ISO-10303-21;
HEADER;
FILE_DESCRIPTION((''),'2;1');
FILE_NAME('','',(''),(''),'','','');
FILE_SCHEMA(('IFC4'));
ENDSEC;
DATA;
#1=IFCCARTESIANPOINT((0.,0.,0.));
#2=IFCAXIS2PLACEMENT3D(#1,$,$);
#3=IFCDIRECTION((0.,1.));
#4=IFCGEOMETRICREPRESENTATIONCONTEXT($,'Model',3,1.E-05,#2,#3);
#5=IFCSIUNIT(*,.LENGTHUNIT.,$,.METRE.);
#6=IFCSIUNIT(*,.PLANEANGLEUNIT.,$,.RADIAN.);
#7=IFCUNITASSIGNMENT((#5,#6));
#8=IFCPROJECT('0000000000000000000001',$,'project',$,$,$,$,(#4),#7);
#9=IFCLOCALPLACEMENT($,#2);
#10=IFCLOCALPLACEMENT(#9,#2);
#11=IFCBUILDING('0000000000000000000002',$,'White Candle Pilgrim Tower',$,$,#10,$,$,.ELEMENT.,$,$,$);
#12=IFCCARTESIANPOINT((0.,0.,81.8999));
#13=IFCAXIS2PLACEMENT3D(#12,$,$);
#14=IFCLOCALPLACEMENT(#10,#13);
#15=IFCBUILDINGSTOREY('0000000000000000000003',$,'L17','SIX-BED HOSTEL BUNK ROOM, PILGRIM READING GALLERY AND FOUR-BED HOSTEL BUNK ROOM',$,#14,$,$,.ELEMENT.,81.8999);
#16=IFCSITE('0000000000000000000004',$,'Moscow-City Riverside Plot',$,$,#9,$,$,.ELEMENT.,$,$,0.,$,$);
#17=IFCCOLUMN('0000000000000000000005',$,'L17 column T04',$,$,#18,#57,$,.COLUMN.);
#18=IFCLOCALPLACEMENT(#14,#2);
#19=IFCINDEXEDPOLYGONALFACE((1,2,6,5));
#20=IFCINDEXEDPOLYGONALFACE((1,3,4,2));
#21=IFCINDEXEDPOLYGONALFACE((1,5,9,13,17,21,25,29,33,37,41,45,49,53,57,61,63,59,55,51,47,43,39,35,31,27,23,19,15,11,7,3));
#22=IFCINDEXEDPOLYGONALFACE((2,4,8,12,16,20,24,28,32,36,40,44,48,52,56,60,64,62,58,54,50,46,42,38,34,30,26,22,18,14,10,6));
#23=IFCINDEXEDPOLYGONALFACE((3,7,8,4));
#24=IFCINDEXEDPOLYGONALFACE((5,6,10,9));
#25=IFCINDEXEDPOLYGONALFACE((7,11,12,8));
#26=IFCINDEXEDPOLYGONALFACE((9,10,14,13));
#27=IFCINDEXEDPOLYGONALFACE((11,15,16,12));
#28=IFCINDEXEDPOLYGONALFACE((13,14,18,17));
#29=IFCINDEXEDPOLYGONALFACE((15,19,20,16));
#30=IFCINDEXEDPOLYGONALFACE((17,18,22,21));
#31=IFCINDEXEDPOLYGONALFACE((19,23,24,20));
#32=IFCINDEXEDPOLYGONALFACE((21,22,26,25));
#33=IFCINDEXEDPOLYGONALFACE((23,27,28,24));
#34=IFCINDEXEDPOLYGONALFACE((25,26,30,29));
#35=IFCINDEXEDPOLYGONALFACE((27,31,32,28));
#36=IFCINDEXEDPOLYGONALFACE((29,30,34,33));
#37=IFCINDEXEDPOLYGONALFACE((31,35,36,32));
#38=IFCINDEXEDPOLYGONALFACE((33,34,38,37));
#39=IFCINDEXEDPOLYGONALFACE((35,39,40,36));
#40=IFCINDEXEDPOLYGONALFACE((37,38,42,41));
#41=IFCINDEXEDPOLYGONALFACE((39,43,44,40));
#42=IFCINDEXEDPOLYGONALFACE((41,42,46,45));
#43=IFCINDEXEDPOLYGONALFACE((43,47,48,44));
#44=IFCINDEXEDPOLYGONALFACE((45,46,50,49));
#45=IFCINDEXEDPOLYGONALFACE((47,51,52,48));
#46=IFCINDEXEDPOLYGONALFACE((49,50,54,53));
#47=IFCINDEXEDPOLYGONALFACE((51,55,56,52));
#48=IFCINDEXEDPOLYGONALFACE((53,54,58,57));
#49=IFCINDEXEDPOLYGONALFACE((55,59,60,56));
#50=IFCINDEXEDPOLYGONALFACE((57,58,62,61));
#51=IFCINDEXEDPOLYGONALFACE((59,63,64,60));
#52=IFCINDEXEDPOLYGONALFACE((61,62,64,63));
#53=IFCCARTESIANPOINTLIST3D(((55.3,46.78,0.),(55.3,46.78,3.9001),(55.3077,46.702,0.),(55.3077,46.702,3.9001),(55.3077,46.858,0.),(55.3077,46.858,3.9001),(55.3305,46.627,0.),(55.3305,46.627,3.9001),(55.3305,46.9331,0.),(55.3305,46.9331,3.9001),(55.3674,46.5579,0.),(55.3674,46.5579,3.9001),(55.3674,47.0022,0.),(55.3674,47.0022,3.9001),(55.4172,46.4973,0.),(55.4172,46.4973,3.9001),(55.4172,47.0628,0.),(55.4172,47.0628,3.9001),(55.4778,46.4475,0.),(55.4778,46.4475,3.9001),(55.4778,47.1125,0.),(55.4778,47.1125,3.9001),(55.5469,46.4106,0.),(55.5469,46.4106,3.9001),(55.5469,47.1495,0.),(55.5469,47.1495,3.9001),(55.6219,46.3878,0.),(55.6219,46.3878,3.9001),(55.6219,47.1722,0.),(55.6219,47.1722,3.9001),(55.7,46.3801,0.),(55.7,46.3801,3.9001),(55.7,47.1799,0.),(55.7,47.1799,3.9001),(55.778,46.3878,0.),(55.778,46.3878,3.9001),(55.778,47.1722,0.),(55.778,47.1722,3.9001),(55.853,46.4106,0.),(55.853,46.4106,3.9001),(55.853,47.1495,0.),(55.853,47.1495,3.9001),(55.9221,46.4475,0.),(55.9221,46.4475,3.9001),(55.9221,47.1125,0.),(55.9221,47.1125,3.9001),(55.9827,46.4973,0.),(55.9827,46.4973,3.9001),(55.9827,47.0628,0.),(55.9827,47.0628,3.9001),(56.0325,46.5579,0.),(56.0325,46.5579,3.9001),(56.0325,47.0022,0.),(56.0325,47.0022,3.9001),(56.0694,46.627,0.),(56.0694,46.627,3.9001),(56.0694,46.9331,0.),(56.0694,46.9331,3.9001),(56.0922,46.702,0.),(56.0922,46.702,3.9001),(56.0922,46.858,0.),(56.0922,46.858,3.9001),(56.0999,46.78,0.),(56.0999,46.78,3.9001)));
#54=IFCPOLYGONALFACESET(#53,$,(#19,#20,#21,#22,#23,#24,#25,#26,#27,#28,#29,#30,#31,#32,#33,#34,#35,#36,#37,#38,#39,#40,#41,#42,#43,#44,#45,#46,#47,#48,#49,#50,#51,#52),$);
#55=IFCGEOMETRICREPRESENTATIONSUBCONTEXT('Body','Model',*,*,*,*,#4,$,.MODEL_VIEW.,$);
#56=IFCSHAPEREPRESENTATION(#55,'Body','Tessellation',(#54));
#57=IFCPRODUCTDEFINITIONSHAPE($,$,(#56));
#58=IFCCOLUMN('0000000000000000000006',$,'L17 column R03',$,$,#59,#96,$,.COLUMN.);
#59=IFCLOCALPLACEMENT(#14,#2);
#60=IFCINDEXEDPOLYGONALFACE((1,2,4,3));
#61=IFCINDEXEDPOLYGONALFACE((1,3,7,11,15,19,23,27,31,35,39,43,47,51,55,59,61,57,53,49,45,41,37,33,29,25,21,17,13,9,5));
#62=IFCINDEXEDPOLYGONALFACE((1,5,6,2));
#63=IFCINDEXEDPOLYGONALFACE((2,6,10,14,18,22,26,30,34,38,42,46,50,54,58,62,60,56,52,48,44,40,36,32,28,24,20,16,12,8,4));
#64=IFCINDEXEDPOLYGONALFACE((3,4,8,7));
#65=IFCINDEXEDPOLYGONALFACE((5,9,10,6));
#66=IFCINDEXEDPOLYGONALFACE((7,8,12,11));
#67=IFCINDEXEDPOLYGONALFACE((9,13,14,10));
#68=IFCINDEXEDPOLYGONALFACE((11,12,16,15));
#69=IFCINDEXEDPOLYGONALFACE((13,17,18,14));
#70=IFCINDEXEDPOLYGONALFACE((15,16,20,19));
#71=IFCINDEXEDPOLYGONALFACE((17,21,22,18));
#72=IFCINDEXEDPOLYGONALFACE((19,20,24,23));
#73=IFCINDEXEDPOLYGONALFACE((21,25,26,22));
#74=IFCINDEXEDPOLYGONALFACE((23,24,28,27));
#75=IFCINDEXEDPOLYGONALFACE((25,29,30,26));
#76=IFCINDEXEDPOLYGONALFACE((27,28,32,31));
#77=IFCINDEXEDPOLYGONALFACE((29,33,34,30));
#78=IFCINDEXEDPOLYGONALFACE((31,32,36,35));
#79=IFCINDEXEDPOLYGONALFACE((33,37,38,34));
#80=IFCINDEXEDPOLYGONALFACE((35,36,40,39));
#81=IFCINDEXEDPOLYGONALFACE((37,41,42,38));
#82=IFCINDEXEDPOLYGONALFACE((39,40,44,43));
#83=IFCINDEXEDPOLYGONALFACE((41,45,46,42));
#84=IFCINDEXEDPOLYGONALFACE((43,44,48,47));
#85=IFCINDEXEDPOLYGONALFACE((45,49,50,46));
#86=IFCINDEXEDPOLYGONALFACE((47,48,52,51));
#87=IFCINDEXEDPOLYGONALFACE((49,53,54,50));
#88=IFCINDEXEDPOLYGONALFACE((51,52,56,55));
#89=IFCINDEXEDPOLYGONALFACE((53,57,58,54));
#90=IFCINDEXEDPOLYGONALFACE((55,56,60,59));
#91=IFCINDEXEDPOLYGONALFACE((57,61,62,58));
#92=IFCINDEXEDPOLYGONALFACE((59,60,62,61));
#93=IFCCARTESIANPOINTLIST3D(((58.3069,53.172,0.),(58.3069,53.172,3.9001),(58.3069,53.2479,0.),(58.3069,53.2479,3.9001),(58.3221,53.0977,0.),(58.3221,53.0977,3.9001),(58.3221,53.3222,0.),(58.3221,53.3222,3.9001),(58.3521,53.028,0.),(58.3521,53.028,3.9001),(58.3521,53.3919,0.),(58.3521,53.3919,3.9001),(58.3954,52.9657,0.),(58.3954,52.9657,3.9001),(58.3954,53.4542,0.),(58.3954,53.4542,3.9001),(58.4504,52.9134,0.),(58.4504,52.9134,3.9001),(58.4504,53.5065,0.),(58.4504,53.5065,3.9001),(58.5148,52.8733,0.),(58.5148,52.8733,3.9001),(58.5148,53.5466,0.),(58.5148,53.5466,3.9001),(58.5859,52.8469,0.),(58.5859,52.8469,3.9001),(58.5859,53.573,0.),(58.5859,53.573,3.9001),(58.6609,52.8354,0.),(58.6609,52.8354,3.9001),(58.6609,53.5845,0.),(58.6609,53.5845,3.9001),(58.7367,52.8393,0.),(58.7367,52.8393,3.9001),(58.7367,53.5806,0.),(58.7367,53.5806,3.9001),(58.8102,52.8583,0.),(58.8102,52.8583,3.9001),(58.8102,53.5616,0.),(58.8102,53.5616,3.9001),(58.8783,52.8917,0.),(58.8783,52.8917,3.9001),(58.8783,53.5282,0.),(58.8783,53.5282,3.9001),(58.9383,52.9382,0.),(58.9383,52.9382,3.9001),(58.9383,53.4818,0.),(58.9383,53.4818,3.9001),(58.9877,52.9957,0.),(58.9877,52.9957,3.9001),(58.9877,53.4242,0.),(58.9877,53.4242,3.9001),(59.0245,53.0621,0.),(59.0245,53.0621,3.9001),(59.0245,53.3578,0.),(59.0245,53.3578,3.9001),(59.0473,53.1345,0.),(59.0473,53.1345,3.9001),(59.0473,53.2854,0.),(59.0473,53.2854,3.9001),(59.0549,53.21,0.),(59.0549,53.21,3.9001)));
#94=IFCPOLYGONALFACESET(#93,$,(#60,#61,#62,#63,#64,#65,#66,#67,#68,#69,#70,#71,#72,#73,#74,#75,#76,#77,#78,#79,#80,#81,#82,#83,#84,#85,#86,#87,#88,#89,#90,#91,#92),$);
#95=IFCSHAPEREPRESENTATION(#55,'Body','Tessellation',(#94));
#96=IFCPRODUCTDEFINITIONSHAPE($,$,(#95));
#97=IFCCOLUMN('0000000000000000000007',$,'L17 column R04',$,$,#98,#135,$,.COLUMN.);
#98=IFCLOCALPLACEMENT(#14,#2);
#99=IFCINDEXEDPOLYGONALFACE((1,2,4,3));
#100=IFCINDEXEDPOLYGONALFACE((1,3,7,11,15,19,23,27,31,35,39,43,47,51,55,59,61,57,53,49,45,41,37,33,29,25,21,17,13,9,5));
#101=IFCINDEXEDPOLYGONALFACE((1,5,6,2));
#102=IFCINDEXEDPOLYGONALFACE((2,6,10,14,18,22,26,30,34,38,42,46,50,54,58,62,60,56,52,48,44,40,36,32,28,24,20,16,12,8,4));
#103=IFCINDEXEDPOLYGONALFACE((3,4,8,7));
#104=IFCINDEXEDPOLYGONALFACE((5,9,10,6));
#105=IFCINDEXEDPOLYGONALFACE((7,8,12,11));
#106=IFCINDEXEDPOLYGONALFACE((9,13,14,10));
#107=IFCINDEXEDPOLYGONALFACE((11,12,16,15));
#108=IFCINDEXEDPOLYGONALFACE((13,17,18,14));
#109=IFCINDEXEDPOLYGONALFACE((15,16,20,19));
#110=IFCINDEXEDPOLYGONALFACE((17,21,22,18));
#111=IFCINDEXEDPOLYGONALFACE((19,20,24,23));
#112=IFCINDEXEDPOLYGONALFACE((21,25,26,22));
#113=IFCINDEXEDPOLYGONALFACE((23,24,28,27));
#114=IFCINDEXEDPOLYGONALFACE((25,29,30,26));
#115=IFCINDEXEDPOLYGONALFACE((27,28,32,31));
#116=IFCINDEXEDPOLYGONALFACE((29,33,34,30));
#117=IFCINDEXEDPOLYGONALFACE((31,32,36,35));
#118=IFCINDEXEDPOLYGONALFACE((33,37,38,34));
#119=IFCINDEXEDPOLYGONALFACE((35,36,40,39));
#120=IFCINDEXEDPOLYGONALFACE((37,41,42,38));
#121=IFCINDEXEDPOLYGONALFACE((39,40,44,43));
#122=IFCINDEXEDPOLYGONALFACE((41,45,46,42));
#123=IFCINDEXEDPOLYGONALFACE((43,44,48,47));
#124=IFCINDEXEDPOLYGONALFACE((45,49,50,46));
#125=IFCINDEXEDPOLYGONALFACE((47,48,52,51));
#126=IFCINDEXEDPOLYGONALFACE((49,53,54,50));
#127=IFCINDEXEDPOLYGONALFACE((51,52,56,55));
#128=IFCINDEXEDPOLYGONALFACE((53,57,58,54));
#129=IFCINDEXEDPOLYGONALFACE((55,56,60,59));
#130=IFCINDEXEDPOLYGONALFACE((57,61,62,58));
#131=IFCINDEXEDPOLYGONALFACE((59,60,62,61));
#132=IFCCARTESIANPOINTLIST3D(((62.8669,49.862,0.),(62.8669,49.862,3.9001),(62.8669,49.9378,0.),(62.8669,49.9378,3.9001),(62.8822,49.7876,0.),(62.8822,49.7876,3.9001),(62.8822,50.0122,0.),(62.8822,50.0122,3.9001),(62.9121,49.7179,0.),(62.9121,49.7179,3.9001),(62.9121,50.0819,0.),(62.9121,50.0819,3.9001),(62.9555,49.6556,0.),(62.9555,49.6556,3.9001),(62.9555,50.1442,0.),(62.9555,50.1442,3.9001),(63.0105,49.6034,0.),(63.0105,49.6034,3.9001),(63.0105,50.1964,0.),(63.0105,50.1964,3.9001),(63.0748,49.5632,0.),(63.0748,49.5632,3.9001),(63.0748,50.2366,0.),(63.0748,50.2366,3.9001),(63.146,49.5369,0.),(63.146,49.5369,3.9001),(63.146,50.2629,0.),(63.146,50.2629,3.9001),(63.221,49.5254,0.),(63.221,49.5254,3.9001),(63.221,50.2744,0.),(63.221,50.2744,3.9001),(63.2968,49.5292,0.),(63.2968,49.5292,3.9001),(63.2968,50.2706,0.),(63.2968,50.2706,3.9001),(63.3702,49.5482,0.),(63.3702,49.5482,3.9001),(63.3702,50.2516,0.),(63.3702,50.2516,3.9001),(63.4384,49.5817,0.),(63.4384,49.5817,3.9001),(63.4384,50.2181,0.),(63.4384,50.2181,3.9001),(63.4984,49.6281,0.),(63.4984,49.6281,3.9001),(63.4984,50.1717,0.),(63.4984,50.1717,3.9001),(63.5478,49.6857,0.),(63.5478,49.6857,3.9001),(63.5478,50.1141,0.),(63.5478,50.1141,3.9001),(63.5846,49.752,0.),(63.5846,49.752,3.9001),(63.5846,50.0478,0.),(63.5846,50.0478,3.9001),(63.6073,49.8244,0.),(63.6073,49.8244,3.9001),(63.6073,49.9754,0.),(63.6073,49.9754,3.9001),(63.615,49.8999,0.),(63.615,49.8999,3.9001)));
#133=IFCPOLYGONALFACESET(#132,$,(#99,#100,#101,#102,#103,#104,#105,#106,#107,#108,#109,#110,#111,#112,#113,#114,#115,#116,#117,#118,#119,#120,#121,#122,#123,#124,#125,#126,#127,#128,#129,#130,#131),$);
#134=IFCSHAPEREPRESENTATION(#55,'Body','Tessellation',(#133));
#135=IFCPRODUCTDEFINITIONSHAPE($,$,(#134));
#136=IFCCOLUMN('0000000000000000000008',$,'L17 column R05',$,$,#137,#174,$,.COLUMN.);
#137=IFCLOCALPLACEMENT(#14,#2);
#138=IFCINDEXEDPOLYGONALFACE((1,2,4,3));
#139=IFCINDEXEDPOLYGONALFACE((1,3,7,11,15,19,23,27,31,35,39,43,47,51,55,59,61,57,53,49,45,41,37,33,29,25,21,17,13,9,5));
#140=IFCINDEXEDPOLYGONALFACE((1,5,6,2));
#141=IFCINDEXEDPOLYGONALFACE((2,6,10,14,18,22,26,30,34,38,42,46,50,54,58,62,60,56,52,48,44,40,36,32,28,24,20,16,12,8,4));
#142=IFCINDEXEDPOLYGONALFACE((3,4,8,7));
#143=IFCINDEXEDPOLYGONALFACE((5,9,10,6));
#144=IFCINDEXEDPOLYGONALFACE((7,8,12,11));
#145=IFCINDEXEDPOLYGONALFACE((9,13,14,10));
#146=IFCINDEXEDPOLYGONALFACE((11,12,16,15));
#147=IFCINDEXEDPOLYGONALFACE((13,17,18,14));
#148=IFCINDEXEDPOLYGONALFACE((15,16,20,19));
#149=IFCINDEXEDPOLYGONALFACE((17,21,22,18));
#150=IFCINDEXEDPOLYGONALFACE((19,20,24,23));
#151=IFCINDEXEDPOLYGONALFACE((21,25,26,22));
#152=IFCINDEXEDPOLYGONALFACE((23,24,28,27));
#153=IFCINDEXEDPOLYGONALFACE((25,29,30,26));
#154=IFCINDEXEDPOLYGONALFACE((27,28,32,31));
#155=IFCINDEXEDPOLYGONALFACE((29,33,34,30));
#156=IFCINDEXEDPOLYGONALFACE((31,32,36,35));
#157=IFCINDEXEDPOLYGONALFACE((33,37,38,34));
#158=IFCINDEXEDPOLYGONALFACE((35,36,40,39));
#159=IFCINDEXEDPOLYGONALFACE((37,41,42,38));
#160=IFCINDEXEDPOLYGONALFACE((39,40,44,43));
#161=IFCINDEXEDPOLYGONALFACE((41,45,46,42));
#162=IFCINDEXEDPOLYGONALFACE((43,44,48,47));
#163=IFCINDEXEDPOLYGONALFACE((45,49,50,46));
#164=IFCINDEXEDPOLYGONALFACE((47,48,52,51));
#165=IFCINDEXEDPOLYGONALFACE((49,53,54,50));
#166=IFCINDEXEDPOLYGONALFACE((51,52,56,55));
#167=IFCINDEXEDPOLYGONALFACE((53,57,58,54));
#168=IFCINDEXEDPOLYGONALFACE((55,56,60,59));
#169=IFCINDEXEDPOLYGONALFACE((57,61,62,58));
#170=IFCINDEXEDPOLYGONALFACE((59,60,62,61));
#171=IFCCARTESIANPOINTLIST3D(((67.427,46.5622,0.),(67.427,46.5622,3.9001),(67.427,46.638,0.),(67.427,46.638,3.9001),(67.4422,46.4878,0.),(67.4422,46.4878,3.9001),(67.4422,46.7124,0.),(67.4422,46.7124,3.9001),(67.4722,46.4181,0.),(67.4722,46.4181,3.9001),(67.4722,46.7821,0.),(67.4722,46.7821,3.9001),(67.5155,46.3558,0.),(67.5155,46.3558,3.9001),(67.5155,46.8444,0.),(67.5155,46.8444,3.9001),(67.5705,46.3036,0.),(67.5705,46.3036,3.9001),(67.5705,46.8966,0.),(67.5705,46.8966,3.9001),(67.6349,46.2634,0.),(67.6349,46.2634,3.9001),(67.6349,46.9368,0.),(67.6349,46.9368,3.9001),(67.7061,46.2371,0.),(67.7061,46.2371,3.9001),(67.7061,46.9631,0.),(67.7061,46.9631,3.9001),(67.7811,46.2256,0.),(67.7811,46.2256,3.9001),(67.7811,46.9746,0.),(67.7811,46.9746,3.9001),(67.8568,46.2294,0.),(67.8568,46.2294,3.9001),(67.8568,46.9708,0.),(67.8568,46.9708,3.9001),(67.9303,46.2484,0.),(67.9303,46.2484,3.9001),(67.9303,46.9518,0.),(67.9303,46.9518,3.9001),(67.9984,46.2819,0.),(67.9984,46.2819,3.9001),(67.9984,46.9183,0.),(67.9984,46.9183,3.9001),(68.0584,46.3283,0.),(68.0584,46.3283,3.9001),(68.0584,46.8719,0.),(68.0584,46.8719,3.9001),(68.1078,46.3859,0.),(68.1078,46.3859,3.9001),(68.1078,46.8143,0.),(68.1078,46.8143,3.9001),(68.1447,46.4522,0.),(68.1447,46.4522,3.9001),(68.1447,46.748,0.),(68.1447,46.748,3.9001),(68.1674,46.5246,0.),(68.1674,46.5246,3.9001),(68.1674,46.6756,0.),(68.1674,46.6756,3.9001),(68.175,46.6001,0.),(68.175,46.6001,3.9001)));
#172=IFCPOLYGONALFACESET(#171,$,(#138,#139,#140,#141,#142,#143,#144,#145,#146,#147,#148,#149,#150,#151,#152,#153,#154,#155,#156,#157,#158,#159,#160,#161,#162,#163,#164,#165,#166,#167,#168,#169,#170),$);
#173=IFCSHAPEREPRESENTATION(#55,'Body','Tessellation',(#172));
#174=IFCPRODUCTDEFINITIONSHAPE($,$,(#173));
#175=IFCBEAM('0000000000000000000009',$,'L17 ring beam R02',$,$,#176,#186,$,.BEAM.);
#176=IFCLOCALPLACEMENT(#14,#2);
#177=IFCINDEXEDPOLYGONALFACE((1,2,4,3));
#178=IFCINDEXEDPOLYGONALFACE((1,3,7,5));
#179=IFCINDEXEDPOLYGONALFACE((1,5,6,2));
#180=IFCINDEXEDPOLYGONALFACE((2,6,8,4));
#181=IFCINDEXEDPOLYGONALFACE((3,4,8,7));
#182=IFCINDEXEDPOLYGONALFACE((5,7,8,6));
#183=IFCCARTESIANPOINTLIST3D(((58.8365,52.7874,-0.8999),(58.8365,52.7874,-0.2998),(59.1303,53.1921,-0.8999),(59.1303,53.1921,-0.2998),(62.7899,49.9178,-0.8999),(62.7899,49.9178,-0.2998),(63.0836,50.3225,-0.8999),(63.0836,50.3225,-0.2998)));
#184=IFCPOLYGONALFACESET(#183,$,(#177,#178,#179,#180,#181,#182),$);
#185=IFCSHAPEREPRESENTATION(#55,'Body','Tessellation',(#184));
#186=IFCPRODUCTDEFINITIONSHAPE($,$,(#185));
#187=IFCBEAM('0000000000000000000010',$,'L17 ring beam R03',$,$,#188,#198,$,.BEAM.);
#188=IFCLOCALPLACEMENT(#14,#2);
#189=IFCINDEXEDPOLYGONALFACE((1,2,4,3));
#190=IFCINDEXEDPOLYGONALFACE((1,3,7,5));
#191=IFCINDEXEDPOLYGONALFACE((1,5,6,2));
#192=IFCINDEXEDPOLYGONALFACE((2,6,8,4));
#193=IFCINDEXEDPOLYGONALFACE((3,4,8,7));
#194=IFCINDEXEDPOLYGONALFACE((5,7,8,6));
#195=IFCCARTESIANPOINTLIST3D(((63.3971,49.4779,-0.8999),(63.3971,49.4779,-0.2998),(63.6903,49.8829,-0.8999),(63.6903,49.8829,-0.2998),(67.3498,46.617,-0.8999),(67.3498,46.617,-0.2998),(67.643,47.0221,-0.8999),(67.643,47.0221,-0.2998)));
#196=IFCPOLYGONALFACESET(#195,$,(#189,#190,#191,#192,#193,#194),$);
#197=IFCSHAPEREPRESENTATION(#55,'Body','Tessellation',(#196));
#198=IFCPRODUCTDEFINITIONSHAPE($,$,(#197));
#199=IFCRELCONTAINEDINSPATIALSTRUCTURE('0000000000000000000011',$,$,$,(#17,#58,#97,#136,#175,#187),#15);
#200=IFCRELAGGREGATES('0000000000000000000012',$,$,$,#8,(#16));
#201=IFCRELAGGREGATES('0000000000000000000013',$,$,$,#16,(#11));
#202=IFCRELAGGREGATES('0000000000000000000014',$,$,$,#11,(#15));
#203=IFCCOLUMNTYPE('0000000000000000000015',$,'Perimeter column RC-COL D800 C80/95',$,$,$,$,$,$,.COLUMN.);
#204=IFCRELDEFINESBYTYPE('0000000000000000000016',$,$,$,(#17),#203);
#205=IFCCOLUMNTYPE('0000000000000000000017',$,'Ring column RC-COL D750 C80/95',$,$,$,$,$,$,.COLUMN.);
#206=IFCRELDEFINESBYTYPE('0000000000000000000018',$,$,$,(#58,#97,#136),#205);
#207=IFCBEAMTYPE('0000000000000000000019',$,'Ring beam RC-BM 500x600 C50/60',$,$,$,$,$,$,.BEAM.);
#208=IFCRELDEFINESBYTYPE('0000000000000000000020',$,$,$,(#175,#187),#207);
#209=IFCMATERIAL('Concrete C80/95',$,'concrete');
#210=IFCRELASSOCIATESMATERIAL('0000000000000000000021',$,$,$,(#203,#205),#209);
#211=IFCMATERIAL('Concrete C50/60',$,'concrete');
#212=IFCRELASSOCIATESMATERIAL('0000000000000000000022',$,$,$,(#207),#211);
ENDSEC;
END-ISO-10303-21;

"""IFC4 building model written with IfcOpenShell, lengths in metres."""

from ifc_helpers import new_model, si_unit, direction, frame, origin, origin_2d, place, context, subcontext, project, spatial, rectangle, circle, extrude, material, material_profile, profile_set, type_object, element, save


model = new_model("IFC4")

# Units and contexts
model_context = context("Model", 3, precision=1e-05, world=origin(), true_north=direction((0.0, 1.0)))
body_context = subcontext(model_context, "Body", "Model", "MODEL_VIEW")
ifc_project = project(units=[si_unit("LENGTHUNIT", "METRE"), si_unit("PLANEANGLEUNIT", "RADIAN")], contexts=[model_context])

# Site, building, storey
site_placement = place(None, origin())
site = spatial("IfcSite", under=ifc_project, at=site_placement, Name="Moscow-City Riverside Plot", CompositionType="ELEMENT", RefElevation=0.0)
building_placement = place(site_placement, origin())
building = spatial("IfcBuilding", under=site, at=building_placement, Name="White Candle Pilgrim Tower", CompositionType="ELEMENT")
storey_placement = place(building_placement, frame((0.0, 0.0, 81.8999)))
storey = spatial("IfcBuildingStorey", under=building, at=storey_placement, Name="L17", Description="SIX-BED HOSTEL BUNK ROOM, PILGRIM READING GALLERY AND FOUR-BED HOSTEL BUNK ROOM", CompositionType="ELEMENT", Elevation=81.8999)

# Columns
ifc_material_1 = material(Name="Concrete C80/95", Category="concrete")
ifc_material_profile_1 = material_profile(ifc_material_1, circle(Radius=0.3999, at=origin_2d()), Name="RC-COL D800")
ifc_profile_set_1 = profile_set([ifc_material_profile_1], Name="Concrete C80/95")
column_type_1 = type_object("IfcColumnType", Name="Perimeter column RC-COL D800 C80/95", PredefinedType="COLUMN", material=ifc_profile_set_1)
column_placement = place(storey_placement, frame((55.7, 46.78, 0.0), z_axis=(0.0, 0.0, 1.0), x_axis=(1.0, 0.0, 0.0)))
element("IfcColumn", 1, at=column_placement, inside=storey, type_object=column_type_1, Name="L17 column T04", PredefinedType="COLUMN", context=body_context, shape_type="SweptSolid", body=[
    extrude(circle(Radius=0.3999, at=origin_2d()), origin(), (0.0, 0.0, 1.0), 3.9001),
])
ifc_material_profile_2 = material_profile(ifc_material_1, circle(Radius=0.375, at=origin_2d()), Name="RC-COL D750")
ifc_profile_set_2 = profile_set([ifc_material_profile_2], Name="Concrete C80/95")
column_type_2 = type_object("IfcColumnType", Name="Ring column RC-COL D750 C80/95", PredefinedType="COLUMN", material=ifc_profile_set_2)
for number, where, z_axis, x_axis, name in (
    (2, (58.6799, 53.21, 0.0), (0.0, 0.0, 1.0), (1.0, 0.0, 0.0), "L17 column R03"),
    (3, (63.24, 49.8999, 0.0), (0.0, 0.0, 1.0), (1.0, 0.0, 0.0), "L17 column R04"),
    (4, (67.8, 46.6001, 0.0), (0.0, 0.0, 1.0), (1.0, 0.0, 0.0), "L17 column R05"),
):
    element("IfcColumn", number, at=place(storey_placement, frame(where, z_axis=z_axis, x_axis=x_axis)), inside=storey, type_object=column_type_2, Name=name, PredefinedType="COLUMN", context=body_context, shape_type="SweptSolid", body=[
        extrude(circle(Radius=0.375, at=origin_2d()), origin(), (0.0, 0.0, 1.0), 3.9001),
    ])

# Beams
ifc_material_2 = material(Name="Concrete C50/60", Category="concrete")
ifc_material_profile_3 = material_profile(ifc_material_2, rectangle(XDim=0.5, YDim=0.6001, at=origin_2d()), Name="RC-BM 500x600")
ifc_profile_set_3 = profile_set([ifc_material_profile_3], Name="Concrete C50/60")
beam_type = type_object("IfcBeamType", Name="Ring beam RC-BM 500x600 C50/60", PredefinedType="BEAM", material=ifc_profile_set_3)
beam_1_placement = place(storey_placement, frame((58.9834, 52.9897, -0.5999), z_axis=(0.809276, -0.587429, 0.0), x_axis=(0.587429, 0.809276, 0.0)))
element("IfcBeam", 5, at=beam_1_placement, inside=storey, type_object=beam_type, Name="L17 ring beam R02", PredefinedType="BEAM", context=body_context, shape_type="SweptSolid", body=[
    extrude(rectangle(XDim=0.5, YDim=0.6001, at=origin_2d()), origin(), (0.0, 0.0, 1.0), 4.885),
])
beam_2_placement = place(storey_placement, frame((63.5437, 49.6804, -0.5999), z_axis=(0.81008, -0.58632, 0.0), x_axis=(0.58632, 0.81008, 0.0)))
element("IfcBeam", 6, at=beam_2_placement, inside=storey, type_object=beam_type, Name="L17 ring beam R03", PredefinedType="BEAM", context=body_context, shape_type="SweptSolid", body=[
    extrude(rectangle(XDim=0.5, YDim=0.6001, at=origin_2d()), origin(), (0.0, 0.0, 1.0), 4.8794),
])

save(model, "model.ifc")
